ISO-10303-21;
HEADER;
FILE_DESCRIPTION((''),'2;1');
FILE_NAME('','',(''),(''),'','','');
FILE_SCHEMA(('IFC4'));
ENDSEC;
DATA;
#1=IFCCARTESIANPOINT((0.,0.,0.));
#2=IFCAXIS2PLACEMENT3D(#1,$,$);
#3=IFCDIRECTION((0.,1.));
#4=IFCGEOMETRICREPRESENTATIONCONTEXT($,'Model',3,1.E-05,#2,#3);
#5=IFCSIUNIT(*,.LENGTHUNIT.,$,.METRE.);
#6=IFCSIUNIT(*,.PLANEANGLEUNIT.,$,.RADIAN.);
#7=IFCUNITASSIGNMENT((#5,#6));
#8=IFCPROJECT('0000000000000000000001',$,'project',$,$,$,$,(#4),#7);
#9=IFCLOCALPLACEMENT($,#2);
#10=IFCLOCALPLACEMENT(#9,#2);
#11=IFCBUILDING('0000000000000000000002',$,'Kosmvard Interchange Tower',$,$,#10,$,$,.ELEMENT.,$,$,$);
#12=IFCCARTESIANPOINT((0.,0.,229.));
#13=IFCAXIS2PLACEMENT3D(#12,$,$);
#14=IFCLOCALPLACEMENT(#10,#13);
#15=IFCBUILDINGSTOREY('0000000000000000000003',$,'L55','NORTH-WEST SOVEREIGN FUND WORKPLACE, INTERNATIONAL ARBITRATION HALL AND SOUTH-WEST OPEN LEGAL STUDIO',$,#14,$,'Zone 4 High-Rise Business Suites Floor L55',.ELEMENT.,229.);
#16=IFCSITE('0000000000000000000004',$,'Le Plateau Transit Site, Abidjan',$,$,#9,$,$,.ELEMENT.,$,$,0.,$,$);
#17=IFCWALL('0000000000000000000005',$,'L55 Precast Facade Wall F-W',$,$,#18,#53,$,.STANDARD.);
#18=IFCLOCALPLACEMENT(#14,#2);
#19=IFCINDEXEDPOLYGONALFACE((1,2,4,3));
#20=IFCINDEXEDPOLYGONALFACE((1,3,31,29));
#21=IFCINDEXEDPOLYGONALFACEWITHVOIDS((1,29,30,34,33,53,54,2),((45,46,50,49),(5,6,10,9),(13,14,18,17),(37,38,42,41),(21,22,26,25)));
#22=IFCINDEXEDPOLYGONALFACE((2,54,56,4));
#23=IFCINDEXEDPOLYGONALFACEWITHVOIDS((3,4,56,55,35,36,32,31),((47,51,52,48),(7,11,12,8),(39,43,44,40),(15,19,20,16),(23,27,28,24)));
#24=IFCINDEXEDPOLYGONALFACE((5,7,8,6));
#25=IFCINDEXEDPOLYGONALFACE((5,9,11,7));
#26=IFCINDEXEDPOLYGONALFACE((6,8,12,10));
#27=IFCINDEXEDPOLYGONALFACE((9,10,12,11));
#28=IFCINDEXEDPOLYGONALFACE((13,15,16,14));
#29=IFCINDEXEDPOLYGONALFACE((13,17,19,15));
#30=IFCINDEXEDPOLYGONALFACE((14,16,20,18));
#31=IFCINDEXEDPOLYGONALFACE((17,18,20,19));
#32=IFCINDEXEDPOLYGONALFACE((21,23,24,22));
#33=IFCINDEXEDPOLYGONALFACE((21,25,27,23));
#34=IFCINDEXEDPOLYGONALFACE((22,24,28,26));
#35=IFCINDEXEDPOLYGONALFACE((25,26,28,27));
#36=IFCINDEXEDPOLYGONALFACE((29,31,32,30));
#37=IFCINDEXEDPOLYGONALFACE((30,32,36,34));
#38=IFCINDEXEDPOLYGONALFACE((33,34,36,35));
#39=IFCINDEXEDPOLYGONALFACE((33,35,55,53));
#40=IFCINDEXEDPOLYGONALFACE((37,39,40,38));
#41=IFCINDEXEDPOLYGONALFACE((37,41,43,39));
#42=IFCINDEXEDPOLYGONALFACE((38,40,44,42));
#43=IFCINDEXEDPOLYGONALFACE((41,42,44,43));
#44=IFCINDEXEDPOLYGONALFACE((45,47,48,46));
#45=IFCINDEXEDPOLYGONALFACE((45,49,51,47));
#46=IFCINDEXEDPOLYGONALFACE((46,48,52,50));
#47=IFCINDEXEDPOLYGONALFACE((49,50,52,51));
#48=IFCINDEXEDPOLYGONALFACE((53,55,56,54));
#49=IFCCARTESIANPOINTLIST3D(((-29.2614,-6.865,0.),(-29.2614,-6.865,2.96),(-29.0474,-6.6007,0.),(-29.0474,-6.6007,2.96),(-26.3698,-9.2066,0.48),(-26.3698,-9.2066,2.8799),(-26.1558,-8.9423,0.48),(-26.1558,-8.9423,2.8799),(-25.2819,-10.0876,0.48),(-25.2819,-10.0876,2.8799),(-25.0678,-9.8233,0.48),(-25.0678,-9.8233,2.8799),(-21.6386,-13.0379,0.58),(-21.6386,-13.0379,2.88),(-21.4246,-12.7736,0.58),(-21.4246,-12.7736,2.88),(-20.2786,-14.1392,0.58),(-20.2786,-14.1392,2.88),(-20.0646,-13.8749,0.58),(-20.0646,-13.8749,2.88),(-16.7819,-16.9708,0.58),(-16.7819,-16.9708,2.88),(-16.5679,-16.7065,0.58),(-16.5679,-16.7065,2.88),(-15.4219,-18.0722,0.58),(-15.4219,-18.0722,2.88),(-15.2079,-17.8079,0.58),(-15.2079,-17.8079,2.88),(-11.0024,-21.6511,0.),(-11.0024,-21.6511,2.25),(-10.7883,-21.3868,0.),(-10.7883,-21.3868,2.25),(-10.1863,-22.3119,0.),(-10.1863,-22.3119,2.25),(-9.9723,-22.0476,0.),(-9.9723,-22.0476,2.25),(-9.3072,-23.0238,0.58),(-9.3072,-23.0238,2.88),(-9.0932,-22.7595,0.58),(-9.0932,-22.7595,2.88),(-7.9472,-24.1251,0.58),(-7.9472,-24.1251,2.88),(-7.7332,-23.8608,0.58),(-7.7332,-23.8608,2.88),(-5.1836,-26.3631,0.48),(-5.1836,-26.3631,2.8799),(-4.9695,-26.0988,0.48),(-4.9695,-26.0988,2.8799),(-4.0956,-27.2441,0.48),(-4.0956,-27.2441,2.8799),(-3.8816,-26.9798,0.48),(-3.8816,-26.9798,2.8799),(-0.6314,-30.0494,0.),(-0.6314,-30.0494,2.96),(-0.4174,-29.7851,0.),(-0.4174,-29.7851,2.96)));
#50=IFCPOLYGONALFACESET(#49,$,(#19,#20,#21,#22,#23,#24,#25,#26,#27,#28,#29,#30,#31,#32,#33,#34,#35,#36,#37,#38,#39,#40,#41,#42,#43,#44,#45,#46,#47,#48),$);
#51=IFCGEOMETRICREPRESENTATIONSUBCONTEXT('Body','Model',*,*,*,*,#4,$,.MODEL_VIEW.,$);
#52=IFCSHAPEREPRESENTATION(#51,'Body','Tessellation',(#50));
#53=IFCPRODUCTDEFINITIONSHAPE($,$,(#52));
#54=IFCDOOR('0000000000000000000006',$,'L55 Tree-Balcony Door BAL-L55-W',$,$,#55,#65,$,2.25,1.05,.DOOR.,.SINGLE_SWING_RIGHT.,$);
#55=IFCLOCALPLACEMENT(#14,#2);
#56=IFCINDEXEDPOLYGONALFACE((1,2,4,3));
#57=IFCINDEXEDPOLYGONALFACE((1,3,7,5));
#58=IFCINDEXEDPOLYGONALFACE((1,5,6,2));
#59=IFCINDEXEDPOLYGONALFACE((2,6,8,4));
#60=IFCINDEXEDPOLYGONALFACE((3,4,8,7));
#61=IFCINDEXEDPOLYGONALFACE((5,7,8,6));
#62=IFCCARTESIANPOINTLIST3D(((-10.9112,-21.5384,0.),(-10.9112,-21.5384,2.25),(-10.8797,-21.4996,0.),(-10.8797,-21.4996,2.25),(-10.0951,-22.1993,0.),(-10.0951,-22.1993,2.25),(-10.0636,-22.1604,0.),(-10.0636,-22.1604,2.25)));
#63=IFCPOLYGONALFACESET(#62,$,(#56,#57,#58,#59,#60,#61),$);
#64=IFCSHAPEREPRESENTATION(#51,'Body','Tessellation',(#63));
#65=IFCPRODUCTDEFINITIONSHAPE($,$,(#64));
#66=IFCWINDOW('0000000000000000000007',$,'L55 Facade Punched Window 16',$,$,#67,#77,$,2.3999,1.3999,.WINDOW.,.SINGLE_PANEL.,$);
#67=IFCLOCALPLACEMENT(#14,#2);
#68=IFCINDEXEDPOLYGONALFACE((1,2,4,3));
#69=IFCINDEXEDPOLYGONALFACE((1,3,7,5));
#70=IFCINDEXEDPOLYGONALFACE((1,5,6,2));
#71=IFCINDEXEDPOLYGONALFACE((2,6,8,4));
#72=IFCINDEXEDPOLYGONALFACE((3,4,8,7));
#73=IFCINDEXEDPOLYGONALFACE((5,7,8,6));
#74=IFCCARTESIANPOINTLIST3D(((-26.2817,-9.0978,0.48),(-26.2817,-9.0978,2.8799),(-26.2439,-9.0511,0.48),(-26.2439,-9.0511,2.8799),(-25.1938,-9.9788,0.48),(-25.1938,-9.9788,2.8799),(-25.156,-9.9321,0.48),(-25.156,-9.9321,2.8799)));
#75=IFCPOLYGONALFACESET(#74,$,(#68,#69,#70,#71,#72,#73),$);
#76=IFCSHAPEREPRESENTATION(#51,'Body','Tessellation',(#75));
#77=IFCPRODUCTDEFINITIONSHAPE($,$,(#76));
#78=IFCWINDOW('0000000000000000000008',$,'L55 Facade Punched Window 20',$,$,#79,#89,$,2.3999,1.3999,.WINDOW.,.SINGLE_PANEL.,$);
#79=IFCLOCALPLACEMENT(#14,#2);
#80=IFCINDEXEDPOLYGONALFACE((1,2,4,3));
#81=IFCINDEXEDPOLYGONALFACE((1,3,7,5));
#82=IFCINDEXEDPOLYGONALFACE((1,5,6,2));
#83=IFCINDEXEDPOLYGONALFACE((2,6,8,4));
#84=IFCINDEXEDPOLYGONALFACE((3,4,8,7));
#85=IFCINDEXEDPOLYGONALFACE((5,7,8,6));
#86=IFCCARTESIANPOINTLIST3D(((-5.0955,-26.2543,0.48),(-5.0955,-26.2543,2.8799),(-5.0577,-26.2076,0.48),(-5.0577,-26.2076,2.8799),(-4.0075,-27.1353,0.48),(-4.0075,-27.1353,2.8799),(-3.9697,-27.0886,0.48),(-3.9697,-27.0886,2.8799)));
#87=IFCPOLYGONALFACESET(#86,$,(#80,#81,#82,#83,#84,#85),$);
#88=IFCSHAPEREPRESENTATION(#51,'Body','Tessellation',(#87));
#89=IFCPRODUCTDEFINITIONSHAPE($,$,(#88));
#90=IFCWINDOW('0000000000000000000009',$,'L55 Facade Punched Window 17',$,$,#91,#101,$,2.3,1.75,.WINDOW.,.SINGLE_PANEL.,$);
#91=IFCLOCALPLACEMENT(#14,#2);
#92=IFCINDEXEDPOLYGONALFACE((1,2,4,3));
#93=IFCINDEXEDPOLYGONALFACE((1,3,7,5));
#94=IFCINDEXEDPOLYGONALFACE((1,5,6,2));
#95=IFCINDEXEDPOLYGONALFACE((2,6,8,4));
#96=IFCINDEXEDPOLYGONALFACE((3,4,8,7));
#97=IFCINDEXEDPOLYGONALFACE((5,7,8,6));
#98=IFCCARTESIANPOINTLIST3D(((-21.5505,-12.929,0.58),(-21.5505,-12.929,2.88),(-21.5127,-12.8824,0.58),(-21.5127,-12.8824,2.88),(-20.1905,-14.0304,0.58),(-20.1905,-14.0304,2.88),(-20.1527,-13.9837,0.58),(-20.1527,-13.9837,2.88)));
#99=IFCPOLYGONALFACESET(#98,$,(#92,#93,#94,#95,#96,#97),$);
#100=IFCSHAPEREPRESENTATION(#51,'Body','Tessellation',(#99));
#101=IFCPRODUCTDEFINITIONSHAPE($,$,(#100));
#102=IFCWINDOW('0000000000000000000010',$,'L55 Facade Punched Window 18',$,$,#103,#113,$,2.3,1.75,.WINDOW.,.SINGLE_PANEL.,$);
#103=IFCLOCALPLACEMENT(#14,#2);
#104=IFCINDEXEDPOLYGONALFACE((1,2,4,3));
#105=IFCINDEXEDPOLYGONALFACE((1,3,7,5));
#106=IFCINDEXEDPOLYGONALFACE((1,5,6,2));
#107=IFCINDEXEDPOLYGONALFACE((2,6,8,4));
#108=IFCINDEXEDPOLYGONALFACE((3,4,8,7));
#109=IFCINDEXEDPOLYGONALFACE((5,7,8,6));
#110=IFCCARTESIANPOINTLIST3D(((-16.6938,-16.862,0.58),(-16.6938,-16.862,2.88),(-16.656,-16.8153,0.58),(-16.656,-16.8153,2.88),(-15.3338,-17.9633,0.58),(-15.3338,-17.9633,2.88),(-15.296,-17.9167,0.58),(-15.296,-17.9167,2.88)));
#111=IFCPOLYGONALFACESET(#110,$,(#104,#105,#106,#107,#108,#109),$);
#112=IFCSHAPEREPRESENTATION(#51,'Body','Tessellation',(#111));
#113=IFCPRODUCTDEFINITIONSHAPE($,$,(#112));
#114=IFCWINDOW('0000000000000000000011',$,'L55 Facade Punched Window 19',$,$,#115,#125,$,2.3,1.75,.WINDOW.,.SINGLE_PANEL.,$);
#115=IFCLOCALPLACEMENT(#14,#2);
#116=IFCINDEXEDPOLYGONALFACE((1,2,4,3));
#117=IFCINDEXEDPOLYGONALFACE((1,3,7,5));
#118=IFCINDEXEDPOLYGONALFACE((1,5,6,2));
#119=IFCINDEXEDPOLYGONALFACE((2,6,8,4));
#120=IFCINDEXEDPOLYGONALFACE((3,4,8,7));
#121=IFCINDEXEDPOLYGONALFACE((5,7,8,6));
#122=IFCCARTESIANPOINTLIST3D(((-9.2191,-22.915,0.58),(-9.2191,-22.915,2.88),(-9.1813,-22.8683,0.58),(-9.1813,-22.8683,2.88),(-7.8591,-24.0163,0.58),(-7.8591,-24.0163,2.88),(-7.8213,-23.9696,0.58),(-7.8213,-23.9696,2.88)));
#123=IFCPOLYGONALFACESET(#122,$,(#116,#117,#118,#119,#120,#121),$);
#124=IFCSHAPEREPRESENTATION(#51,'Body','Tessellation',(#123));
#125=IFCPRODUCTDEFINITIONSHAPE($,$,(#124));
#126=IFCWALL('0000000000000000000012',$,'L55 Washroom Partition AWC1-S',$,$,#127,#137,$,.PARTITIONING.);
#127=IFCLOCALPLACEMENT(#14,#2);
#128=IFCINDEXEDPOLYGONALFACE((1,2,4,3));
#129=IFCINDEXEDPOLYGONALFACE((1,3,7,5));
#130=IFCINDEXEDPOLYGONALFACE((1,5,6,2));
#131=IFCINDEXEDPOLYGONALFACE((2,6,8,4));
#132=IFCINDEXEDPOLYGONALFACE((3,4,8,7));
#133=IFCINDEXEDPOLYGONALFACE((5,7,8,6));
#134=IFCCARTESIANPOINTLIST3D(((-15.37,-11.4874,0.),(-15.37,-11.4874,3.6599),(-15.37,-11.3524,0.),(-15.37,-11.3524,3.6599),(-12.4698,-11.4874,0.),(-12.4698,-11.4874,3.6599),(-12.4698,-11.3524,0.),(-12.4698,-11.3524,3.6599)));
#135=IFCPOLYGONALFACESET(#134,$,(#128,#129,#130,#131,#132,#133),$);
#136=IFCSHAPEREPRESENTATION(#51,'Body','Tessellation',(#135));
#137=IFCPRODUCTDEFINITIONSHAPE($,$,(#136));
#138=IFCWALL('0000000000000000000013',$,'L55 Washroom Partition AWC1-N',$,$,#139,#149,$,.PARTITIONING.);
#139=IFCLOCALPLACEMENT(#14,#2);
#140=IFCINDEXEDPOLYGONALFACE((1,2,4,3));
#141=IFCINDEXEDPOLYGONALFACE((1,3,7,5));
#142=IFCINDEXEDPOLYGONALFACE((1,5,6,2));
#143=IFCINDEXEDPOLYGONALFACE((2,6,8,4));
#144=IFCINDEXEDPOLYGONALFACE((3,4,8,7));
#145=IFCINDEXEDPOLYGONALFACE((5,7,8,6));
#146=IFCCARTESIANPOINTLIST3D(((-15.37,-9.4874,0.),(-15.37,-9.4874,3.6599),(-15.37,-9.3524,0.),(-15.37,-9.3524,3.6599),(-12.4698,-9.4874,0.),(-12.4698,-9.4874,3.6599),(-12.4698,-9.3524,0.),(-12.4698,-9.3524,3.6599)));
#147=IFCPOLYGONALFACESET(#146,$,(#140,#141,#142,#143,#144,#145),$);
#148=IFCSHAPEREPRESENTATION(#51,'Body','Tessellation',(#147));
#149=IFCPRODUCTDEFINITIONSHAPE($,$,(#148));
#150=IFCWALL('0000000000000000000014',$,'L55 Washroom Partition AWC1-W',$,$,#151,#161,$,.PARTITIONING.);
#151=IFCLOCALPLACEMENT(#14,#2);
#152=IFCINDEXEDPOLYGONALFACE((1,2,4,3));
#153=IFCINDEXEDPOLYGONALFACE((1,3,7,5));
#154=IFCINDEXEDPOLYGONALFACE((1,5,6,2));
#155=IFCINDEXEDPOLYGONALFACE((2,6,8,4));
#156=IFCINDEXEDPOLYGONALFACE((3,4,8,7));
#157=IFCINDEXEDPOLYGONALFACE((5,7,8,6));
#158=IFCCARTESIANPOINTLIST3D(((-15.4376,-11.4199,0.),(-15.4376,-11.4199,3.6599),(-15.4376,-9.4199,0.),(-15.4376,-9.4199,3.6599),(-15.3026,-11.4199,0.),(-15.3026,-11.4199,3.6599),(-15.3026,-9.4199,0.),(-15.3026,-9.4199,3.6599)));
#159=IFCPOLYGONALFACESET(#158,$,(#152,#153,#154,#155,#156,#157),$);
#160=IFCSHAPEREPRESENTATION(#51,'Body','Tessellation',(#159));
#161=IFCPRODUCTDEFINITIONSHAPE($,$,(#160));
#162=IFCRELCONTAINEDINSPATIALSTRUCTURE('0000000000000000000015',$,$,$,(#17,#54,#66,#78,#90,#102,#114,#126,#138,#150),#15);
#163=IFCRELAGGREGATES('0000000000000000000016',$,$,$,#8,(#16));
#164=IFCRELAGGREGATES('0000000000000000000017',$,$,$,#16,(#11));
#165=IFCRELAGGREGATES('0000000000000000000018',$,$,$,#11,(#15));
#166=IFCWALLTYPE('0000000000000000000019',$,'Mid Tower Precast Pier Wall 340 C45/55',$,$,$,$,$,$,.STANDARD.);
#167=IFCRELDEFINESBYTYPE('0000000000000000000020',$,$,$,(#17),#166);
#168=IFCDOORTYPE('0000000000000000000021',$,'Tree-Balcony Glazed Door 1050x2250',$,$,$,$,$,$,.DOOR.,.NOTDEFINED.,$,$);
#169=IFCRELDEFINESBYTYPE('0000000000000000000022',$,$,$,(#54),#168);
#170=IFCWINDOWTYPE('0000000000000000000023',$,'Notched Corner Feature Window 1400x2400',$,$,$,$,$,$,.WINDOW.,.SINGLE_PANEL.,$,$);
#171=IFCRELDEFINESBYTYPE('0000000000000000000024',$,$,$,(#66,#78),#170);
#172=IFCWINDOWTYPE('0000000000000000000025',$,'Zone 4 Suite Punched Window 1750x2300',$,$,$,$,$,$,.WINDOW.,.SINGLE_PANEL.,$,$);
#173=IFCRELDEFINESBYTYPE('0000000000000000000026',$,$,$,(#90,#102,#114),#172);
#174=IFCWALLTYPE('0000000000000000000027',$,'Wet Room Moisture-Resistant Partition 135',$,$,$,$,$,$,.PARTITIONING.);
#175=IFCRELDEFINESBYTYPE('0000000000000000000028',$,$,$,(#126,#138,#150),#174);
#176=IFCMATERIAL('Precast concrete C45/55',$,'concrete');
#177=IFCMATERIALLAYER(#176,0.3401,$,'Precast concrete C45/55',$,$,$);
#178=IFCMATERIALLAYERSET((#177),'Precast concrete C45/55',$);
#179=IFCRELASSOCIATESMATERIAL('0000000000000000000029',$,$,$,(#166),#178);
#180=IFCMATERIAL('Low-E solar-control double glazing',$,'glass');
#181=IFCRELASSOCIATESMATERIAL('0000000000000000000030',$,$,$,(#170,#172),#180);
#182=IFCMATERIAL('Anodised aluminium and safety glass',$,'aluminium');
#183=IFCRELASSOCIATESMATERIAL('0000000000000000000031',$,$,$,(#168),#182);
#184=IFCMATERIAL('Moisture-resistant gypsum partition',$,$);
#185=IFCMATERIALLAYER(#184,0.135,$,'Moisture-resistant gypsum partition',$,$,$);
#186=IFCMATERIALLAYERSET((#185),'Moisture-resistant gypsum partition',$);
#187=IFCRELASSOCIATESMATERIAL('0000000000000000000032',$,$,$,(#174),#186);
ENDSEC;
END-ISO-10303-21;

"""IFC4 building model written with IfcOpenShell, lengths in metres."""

from ifc_helpers import new_model, si_unit, direction, frame, frame_2d, origin, place, context, subcontext, project, spatial, rectangle, extrude, source, transform, mapped, material, layer, layer_set, type_object, element, fill, save


model = new_model("IFC4")

# Units and contexts
model_context = context("Model", 3, precision=1e-05, world=origin(), true_north=direction((0.0, 1.0)))
body_context = subcontext(model_context, "Body", "Model", "MODEL_VIEW")
ifc_project = project(units=[si_unit("LENGTHUNIT", "METRE"), si_unit("PLANEANGLEUNIT", "RADIAN")], contexts=[model_context])

# Site, building, storey
site_placement = place(None, origin())
site = spatial("IfcSite", under=ifc_project, at=site_placement, Name="Le Plateau Transit Site, Abidjan", CompositionType="ELEMENT", RefElevation=0.0)
building_placement = place(site_placement, origin())
building = spatial("IfcBuilding", under=site, at=building_placement, Name="Kosmvard Interchange Tower", CompositionType="ELEMENT")
storey_placement = place(building_placement, frame((0.0, 0.0, 229.0)))
storey = spatial("IfcBuildingStorey", under=building, at=storey_placement, Name="L55", Description="NORTH-WEST SOVEREIGN FUND WORKPLACE, INTERNATIONAL ARBITRATION HALL AND SOUTH-WEST OPEN LEGAL STUDIO", LongName="Zone 4 High-Rise Business Suites Floor L55", CompositionType="ELEMENT", Elevation=229.0)

# Shared definitions
ifc_material_1 = material(Name="Precast concrete C45/55", Category="concrete")
ifc_layer_1 = layer(ifc_material_1, 0.3401, Name="Precast concrete C45/55")
ifc_layer_set_1 = layer_set([ifc_layer_1], Name="Precast concrete C45/55")
wall_type_1 = type_object("IfcWallType", Name="Mid Tower Precast Pier Wall 340 C45/55", PredefinedType="STANDARD", material=ifc_layer_set_1)
ifc_material_2 = material(Name="Low-E solar-control double glazing", Category="glass")
window_type_1 = type_object("IfcWindowType", Name="Notched Corner Feature Window 1400x2400", PartitioningType="SINGLE_PANEL", PredefinedType="WINDOW", material=ifc_material_2)
shared_shape_1 = source(origin(), body_context, "Body", "SweptSolid", [
    extrude(rectangle(XDim=1.3999, YDim=2.3999, at=frame_2d((0.7, 1.2))), frame((0.0, 0.03, 0.0), z_axis=(0.0, -1.0, 0.0), x_axis=(1.0, 0.0, 0.0)), (0.0, 0.0, 1.0), 0.0601),
])

# Wall, openings, door, windows
wall_1_placement = place(storey_placement, frame((-29.1543, -6.7329, 0.0), z_axis=(0.0, 0.0, 1.0), x_axis=(0.777142, -0.629325, 0.0)))
wall_1 = element("IfcWall", 1, at=wall_1_placement, inside=storey, type_object=wall_type_1, Name="L55 Precast Facade Wall F-W", PredefinedType="STANDARD", context=body_context, shape_type="SweptSolid", body=[
    extrude(rectangle(XDim=36.8401, YDim=0.3401, at=frame_2d((18.4199, 0.0))), origin(), (0.0, 0.0, 1.0), 2.96),
])
opening_1_placement = place(wall_1_placement, frame((23.4951, 0.0, 0.0)))
opening_1 = element("IfcOpeningElement", 2, at=opening_1_placement, cuts=wall_1, PredefinedType="OPENING", context=body_context, shape_type="SweptSolid", body=[
    extrude(rectangle(XDim=1.05, YDim=2.25, at=frame_2d((0.5249, 1.125))), frame((0.0, 0.1802, 0.0), z_axis=(0.0, -1.0, 0.0), x_axis=(1.0, 0.0, 0.0)), (0.0, 0.0, 1.0), 0.3601),
])
opening_2_placement = place(wall_1_placement, frame((3.7207, 0.0, 0.48)))
opening_2 = element("IfcOpeningElement", 3, at=opening_2_placement, cuts=wall_1, PredefinedType="OPENING", context=body_context, shape_type="SweptSolid", body=[
    extrude(rectangle(XDim=1.3999, YDim=2.3999, at=frame_2d((0.7, 1.2))), frame((0.0, 0.1802, 0.0), z_axis=(0.0, -1.0, 0.0), x_axis=(1.0, 0.0, 0.0)), (0.0, 0.0, 1.0), 0.3601),
])
opening_3_placement = place(wall_1_placement, frame((9.8086, 0.0, 0.5801)))
opening_3 = element("IfcOpeningElement", 4, at=opening_3_placement, cuts=wall_1, PredefinedType="OPENING", context=body_context, shape_type="SweptSolid", body=[
    extrude(rectangle(XDim=1.75, YDim=2.3, at=frame_2d((0.875, 1.1499))), frame((0.0, 0.1802, 0.0), z_axis=(0.0, -1.0, 0.0), x_axis=(1.0, 0.0, 0.0)), (0.0, 0.0, 1.0), 0.3601),
])
opening_4_placement = place(wall_1_placement, frame((16.0581, 0.0, 0.5801)))
opening_4 = element("IfcOpeningElement", 5, at=opening_4_placement, cuts=wall_1, PredefinedType="OPENING", context=body_context, shape_type="SweptSolid", body=[
    extrude(rectangle(XDim=1.75, YDim=2.3, at=frame_2d((0.875, 1.1499))), frame((0.0, 0.1802, 0.0), z_axis=(0.0, -1.0, 0.0), x_axis=(1.0, 0.0, 0.0)), (0.0, 0.0, 1.0), 0.3601),
])
opening_5_placement = place(wall_1_placement, frame((25.6763, 0.0, 0.5801)))
opening_5 = element("IfcOpeningElement", 6, at=opening_5_placement, cuts=wall_1, PredefinedType="OPENING", context=body_context, shape_type="SweptSolid", body=[
    extrude(rectangle(XDim=1.75, YDim=2.3, at=frame_2d((0.875, 1.1499))), frame((0.0, 0.1802, 0.0), z_axis=(0.0, -1.0, 0.0), x_axis=(1.0, 0.0, 0.0)), (0.0, 0.0, 1.0), 0.3601),
])
opening_6_placement = place(wall_1_placement, frame((30.9824, 0.0, 0.48)))
opening_6 = element("IfcOpeningElement", 7, at=opening_6_placement, cuts=wall_1, PredefinedType="OPENING", context=body_context, shape_type="SweptSolid", body=[
    extrude(rectangle(XDim=1.3999, YDim=2.3999, at=frame_2d((0.7, 1.2))), frame((0.0, 0.1802, 0.0), z_axis=(0.0, -1.0, 0.0), x_axis=(1.0, 0.0, 0.0)), (0.0, 0.0, 1.0), 0.3601),
])
ifc_material_3 = material(Name="Anodised aluminium and safety glass", Category="aluminium")
door_type = type_object("IfcDoorType", Name="Tree-Balcony Glazed Door 1050x2250", OperationType="NOTDEFINED", PredefinedType="DOOR", material=ifc_material_3)
shared_shape_2 = source(origin(), body_context, "Body", "SweptSolid", [
    extrude(rectangle(XDim=1.05, YDim=2.25, at=frame_2d((0.5249, 1.125))), frame((0.0, 0.0249, 0.0), z_axis=(0.0, -1.0, 0.0), x_axis=(1.0, 0.0, 0.0)), (0.0, 0.0, 1.0), 0.05),
])
door_placement = place(opening_1_placement, origin())
door = element("IfcDoor", 8, at=door_placement, inside=storey, type_object=door_type, Name="L55 Tree-Balcony Door BAL-L55-W", OperationType="SINGLE_SWING_RIGHT", OverallHeight=2.25, OverallWidth=1.05, PredefinedType="DOOR", context=body_context, shape_type="MappedRepresentation", body=[
    mapped(shared_shape_2, transform((0.0, 0.0, 0.0), scale=1.0)),
])
fill(opening_1, door)
window_1_placement = place(opening_2_placement, origin())
window_1 = element("IfcWindow", 9, at=window_1_placement, inside=storey, type_object=window_type_1, Name="L55 Facade Punched Window 16", OverallHeight=2.3999, OverallWidth=1.3999, PartitioningType="SINGLE_PANEL", PredefinedType="WINDOW", context=body_context, shape_type="MappedRepresentation", body=[
    mapped(shared_shape_1, transform((0.0, 0.0, 0.0), scale=1.0)),
])
fill(opening_2, window_1)
window_2_placement = place(opening_6_placement, origin())
window_2 = element("IfcWindow", 10, at=window_2_placement, inside=storey, type_object=window_type_1, Name="L55 Facade Punched Window 20", OverallHeight=2.3999, OverallWidth=1.3999, PartitioningType="SINGLE_PANEL", PredefinedType="WINDOW", context=body_context, shape_type="MappedRepresentation", body=[
    mapped(shared_shape_1, transform((0.0, 0.0, 0.0), scale=1.0)),
])
fill(opening_6, window_2)
window_type_2 = type_object("IfcWindowType", Name="Zone 4 Suite Punched Window 1750x2300", PartitioningType="SINGLE_PANEL", PredefinedType="WINDOW", material=ifc_material_2)
shared_shape_3 = source(origin(), body_context, "Body", "SweptSolid", [
    extrude(rectangle(XDim=1.75, YDim=2.3, at=frame_2d((0.875, 1.1499))), frame((0.0, 0.03, 0.0), z_axis=(0.0, -1.0, 0.0), x_axis=(1.0, 0.0, 0.0)), (0.0, 0.0, 1.0), 0.0601),
])
window_3_placement = place(opening_3_placement, origin())
window_3 = element("IfcWindow", 11, at=window_3_placement, inside=storey, type_object=window_type_2, Name="L55 Facade Punched Window 17", OverallHeight=2.3, OverallWidth=1.75, PartitioningType="SINGLE_PANEL", PredefinedType="WINDOW", context=body_context, shape_type="MappedRepresentation", body=[
    mapped(shared_shape_3, transform((0.0, 0.0, 0.0), scale=1.0)),
])
fill(opening_3, window_3)
window_4_placement = place(opening_4_placement, origin())
window_4 = element("IfcWindow", 12, at=window_4_placement, inside=storey, type_object=window_type_2, Name="L55 Facade Punched Window 18", OverallHeight=2.3, OverallWidth=1.75, PartitioningType="SINGLE_PANEL", PredefinedType="WINDOW", context=body_context, shape_type="MappedRepresentation", body=[
    mapped(shared_shape_3, transform((0.0, 0.0, 0.0), scale=1.0)),
])
fill(opening_4, window_4)
window_5_placement = place(opening_5_placement, origin())
window_5 = element("IfcWindow", 13, at=window_5_placement, inside=storey, type_object=window_type_2, Name="L55 Facade Punched Window 19", OverallHeight=2.3, OverallWidth=1.75, PartitioningType="SINGLE_PANEL", PredefinedType="WINDOW", context=body_context, shape_type="MappedRepresentation", body=[
    mapped(shared_shape_3, transform((0.0, 0.0, 0.0), scale=1.0)),
])
fill(opening_5, window_5)

# Walls
ifc_material_4 = material(Name="Moisture-resistant gypsum partition")
ifc_layer_2 = layer(ifc_material_4, 0.135, Name="Moisture-resistant gypsum partition")
ifc_layer_set_2 = layer_set([ifc_layer_2], Name="Moisture-resistant gypsum partition")
wall_type_2 = type_object("IfcWallType", Name="Wet Room Moisture-Resistant Partition 135", PredefinedType="PARTITIONING", material=ifc_layer_set_2)
for number, where, z_axis, x_axis, name in (
    (14, (-15.3701, -11.4199, 0.0), (0.0, 0.0, 1.0), (1.0, 0.0, 0.0), "L55 Washroom Partition AWC1-S"),
    (15, (-15.3701, -9.4199, 0.0), (0.0, 0.0, 1.0), (1.0, 0.0, 0.0), "L55 Washroom Partition AWC1-N"),
):
    element("IfcWall", number, at=place(storey_placement, frame(where, z_axis=z_axis, x_axis=x_axis)), inside=storey, type_object=wall_type_2, Name=name, PredefinedType="PARTITIONING", context=body_context, shape_type="SweptSolid", body=[
        extrude(rectangle(XDim=2.9001, YDim=0.135, at=frame_2d((1.4502, 0.0))), origin(), (0.0, 0.0, 1.0), 3.6599),
    ])
wall_2_placement = place(storey_placement, frame((-15.3701, -11.4199, 0.0), z_axis=(0.0, 0.0, 1.0), x_axis=(0.0, 1.0, 0.0)))
element("IfcWall", 16, at=wall_2_placement, inside=storey, type_object=wall_type_2, Name="L55 Washroom Partition AWC1-W", PredefinedType="PARTITIONING", context=body_context, shape_type="SweptSolid", body=[
    extrude(rectangle(XDim=2.0, YDim=0.135, at=frame_2d((1.0, 0.0))), origin(), (0.0, 0.0, 1.0), 3.6599),
])

save(model, "model.ifc")
